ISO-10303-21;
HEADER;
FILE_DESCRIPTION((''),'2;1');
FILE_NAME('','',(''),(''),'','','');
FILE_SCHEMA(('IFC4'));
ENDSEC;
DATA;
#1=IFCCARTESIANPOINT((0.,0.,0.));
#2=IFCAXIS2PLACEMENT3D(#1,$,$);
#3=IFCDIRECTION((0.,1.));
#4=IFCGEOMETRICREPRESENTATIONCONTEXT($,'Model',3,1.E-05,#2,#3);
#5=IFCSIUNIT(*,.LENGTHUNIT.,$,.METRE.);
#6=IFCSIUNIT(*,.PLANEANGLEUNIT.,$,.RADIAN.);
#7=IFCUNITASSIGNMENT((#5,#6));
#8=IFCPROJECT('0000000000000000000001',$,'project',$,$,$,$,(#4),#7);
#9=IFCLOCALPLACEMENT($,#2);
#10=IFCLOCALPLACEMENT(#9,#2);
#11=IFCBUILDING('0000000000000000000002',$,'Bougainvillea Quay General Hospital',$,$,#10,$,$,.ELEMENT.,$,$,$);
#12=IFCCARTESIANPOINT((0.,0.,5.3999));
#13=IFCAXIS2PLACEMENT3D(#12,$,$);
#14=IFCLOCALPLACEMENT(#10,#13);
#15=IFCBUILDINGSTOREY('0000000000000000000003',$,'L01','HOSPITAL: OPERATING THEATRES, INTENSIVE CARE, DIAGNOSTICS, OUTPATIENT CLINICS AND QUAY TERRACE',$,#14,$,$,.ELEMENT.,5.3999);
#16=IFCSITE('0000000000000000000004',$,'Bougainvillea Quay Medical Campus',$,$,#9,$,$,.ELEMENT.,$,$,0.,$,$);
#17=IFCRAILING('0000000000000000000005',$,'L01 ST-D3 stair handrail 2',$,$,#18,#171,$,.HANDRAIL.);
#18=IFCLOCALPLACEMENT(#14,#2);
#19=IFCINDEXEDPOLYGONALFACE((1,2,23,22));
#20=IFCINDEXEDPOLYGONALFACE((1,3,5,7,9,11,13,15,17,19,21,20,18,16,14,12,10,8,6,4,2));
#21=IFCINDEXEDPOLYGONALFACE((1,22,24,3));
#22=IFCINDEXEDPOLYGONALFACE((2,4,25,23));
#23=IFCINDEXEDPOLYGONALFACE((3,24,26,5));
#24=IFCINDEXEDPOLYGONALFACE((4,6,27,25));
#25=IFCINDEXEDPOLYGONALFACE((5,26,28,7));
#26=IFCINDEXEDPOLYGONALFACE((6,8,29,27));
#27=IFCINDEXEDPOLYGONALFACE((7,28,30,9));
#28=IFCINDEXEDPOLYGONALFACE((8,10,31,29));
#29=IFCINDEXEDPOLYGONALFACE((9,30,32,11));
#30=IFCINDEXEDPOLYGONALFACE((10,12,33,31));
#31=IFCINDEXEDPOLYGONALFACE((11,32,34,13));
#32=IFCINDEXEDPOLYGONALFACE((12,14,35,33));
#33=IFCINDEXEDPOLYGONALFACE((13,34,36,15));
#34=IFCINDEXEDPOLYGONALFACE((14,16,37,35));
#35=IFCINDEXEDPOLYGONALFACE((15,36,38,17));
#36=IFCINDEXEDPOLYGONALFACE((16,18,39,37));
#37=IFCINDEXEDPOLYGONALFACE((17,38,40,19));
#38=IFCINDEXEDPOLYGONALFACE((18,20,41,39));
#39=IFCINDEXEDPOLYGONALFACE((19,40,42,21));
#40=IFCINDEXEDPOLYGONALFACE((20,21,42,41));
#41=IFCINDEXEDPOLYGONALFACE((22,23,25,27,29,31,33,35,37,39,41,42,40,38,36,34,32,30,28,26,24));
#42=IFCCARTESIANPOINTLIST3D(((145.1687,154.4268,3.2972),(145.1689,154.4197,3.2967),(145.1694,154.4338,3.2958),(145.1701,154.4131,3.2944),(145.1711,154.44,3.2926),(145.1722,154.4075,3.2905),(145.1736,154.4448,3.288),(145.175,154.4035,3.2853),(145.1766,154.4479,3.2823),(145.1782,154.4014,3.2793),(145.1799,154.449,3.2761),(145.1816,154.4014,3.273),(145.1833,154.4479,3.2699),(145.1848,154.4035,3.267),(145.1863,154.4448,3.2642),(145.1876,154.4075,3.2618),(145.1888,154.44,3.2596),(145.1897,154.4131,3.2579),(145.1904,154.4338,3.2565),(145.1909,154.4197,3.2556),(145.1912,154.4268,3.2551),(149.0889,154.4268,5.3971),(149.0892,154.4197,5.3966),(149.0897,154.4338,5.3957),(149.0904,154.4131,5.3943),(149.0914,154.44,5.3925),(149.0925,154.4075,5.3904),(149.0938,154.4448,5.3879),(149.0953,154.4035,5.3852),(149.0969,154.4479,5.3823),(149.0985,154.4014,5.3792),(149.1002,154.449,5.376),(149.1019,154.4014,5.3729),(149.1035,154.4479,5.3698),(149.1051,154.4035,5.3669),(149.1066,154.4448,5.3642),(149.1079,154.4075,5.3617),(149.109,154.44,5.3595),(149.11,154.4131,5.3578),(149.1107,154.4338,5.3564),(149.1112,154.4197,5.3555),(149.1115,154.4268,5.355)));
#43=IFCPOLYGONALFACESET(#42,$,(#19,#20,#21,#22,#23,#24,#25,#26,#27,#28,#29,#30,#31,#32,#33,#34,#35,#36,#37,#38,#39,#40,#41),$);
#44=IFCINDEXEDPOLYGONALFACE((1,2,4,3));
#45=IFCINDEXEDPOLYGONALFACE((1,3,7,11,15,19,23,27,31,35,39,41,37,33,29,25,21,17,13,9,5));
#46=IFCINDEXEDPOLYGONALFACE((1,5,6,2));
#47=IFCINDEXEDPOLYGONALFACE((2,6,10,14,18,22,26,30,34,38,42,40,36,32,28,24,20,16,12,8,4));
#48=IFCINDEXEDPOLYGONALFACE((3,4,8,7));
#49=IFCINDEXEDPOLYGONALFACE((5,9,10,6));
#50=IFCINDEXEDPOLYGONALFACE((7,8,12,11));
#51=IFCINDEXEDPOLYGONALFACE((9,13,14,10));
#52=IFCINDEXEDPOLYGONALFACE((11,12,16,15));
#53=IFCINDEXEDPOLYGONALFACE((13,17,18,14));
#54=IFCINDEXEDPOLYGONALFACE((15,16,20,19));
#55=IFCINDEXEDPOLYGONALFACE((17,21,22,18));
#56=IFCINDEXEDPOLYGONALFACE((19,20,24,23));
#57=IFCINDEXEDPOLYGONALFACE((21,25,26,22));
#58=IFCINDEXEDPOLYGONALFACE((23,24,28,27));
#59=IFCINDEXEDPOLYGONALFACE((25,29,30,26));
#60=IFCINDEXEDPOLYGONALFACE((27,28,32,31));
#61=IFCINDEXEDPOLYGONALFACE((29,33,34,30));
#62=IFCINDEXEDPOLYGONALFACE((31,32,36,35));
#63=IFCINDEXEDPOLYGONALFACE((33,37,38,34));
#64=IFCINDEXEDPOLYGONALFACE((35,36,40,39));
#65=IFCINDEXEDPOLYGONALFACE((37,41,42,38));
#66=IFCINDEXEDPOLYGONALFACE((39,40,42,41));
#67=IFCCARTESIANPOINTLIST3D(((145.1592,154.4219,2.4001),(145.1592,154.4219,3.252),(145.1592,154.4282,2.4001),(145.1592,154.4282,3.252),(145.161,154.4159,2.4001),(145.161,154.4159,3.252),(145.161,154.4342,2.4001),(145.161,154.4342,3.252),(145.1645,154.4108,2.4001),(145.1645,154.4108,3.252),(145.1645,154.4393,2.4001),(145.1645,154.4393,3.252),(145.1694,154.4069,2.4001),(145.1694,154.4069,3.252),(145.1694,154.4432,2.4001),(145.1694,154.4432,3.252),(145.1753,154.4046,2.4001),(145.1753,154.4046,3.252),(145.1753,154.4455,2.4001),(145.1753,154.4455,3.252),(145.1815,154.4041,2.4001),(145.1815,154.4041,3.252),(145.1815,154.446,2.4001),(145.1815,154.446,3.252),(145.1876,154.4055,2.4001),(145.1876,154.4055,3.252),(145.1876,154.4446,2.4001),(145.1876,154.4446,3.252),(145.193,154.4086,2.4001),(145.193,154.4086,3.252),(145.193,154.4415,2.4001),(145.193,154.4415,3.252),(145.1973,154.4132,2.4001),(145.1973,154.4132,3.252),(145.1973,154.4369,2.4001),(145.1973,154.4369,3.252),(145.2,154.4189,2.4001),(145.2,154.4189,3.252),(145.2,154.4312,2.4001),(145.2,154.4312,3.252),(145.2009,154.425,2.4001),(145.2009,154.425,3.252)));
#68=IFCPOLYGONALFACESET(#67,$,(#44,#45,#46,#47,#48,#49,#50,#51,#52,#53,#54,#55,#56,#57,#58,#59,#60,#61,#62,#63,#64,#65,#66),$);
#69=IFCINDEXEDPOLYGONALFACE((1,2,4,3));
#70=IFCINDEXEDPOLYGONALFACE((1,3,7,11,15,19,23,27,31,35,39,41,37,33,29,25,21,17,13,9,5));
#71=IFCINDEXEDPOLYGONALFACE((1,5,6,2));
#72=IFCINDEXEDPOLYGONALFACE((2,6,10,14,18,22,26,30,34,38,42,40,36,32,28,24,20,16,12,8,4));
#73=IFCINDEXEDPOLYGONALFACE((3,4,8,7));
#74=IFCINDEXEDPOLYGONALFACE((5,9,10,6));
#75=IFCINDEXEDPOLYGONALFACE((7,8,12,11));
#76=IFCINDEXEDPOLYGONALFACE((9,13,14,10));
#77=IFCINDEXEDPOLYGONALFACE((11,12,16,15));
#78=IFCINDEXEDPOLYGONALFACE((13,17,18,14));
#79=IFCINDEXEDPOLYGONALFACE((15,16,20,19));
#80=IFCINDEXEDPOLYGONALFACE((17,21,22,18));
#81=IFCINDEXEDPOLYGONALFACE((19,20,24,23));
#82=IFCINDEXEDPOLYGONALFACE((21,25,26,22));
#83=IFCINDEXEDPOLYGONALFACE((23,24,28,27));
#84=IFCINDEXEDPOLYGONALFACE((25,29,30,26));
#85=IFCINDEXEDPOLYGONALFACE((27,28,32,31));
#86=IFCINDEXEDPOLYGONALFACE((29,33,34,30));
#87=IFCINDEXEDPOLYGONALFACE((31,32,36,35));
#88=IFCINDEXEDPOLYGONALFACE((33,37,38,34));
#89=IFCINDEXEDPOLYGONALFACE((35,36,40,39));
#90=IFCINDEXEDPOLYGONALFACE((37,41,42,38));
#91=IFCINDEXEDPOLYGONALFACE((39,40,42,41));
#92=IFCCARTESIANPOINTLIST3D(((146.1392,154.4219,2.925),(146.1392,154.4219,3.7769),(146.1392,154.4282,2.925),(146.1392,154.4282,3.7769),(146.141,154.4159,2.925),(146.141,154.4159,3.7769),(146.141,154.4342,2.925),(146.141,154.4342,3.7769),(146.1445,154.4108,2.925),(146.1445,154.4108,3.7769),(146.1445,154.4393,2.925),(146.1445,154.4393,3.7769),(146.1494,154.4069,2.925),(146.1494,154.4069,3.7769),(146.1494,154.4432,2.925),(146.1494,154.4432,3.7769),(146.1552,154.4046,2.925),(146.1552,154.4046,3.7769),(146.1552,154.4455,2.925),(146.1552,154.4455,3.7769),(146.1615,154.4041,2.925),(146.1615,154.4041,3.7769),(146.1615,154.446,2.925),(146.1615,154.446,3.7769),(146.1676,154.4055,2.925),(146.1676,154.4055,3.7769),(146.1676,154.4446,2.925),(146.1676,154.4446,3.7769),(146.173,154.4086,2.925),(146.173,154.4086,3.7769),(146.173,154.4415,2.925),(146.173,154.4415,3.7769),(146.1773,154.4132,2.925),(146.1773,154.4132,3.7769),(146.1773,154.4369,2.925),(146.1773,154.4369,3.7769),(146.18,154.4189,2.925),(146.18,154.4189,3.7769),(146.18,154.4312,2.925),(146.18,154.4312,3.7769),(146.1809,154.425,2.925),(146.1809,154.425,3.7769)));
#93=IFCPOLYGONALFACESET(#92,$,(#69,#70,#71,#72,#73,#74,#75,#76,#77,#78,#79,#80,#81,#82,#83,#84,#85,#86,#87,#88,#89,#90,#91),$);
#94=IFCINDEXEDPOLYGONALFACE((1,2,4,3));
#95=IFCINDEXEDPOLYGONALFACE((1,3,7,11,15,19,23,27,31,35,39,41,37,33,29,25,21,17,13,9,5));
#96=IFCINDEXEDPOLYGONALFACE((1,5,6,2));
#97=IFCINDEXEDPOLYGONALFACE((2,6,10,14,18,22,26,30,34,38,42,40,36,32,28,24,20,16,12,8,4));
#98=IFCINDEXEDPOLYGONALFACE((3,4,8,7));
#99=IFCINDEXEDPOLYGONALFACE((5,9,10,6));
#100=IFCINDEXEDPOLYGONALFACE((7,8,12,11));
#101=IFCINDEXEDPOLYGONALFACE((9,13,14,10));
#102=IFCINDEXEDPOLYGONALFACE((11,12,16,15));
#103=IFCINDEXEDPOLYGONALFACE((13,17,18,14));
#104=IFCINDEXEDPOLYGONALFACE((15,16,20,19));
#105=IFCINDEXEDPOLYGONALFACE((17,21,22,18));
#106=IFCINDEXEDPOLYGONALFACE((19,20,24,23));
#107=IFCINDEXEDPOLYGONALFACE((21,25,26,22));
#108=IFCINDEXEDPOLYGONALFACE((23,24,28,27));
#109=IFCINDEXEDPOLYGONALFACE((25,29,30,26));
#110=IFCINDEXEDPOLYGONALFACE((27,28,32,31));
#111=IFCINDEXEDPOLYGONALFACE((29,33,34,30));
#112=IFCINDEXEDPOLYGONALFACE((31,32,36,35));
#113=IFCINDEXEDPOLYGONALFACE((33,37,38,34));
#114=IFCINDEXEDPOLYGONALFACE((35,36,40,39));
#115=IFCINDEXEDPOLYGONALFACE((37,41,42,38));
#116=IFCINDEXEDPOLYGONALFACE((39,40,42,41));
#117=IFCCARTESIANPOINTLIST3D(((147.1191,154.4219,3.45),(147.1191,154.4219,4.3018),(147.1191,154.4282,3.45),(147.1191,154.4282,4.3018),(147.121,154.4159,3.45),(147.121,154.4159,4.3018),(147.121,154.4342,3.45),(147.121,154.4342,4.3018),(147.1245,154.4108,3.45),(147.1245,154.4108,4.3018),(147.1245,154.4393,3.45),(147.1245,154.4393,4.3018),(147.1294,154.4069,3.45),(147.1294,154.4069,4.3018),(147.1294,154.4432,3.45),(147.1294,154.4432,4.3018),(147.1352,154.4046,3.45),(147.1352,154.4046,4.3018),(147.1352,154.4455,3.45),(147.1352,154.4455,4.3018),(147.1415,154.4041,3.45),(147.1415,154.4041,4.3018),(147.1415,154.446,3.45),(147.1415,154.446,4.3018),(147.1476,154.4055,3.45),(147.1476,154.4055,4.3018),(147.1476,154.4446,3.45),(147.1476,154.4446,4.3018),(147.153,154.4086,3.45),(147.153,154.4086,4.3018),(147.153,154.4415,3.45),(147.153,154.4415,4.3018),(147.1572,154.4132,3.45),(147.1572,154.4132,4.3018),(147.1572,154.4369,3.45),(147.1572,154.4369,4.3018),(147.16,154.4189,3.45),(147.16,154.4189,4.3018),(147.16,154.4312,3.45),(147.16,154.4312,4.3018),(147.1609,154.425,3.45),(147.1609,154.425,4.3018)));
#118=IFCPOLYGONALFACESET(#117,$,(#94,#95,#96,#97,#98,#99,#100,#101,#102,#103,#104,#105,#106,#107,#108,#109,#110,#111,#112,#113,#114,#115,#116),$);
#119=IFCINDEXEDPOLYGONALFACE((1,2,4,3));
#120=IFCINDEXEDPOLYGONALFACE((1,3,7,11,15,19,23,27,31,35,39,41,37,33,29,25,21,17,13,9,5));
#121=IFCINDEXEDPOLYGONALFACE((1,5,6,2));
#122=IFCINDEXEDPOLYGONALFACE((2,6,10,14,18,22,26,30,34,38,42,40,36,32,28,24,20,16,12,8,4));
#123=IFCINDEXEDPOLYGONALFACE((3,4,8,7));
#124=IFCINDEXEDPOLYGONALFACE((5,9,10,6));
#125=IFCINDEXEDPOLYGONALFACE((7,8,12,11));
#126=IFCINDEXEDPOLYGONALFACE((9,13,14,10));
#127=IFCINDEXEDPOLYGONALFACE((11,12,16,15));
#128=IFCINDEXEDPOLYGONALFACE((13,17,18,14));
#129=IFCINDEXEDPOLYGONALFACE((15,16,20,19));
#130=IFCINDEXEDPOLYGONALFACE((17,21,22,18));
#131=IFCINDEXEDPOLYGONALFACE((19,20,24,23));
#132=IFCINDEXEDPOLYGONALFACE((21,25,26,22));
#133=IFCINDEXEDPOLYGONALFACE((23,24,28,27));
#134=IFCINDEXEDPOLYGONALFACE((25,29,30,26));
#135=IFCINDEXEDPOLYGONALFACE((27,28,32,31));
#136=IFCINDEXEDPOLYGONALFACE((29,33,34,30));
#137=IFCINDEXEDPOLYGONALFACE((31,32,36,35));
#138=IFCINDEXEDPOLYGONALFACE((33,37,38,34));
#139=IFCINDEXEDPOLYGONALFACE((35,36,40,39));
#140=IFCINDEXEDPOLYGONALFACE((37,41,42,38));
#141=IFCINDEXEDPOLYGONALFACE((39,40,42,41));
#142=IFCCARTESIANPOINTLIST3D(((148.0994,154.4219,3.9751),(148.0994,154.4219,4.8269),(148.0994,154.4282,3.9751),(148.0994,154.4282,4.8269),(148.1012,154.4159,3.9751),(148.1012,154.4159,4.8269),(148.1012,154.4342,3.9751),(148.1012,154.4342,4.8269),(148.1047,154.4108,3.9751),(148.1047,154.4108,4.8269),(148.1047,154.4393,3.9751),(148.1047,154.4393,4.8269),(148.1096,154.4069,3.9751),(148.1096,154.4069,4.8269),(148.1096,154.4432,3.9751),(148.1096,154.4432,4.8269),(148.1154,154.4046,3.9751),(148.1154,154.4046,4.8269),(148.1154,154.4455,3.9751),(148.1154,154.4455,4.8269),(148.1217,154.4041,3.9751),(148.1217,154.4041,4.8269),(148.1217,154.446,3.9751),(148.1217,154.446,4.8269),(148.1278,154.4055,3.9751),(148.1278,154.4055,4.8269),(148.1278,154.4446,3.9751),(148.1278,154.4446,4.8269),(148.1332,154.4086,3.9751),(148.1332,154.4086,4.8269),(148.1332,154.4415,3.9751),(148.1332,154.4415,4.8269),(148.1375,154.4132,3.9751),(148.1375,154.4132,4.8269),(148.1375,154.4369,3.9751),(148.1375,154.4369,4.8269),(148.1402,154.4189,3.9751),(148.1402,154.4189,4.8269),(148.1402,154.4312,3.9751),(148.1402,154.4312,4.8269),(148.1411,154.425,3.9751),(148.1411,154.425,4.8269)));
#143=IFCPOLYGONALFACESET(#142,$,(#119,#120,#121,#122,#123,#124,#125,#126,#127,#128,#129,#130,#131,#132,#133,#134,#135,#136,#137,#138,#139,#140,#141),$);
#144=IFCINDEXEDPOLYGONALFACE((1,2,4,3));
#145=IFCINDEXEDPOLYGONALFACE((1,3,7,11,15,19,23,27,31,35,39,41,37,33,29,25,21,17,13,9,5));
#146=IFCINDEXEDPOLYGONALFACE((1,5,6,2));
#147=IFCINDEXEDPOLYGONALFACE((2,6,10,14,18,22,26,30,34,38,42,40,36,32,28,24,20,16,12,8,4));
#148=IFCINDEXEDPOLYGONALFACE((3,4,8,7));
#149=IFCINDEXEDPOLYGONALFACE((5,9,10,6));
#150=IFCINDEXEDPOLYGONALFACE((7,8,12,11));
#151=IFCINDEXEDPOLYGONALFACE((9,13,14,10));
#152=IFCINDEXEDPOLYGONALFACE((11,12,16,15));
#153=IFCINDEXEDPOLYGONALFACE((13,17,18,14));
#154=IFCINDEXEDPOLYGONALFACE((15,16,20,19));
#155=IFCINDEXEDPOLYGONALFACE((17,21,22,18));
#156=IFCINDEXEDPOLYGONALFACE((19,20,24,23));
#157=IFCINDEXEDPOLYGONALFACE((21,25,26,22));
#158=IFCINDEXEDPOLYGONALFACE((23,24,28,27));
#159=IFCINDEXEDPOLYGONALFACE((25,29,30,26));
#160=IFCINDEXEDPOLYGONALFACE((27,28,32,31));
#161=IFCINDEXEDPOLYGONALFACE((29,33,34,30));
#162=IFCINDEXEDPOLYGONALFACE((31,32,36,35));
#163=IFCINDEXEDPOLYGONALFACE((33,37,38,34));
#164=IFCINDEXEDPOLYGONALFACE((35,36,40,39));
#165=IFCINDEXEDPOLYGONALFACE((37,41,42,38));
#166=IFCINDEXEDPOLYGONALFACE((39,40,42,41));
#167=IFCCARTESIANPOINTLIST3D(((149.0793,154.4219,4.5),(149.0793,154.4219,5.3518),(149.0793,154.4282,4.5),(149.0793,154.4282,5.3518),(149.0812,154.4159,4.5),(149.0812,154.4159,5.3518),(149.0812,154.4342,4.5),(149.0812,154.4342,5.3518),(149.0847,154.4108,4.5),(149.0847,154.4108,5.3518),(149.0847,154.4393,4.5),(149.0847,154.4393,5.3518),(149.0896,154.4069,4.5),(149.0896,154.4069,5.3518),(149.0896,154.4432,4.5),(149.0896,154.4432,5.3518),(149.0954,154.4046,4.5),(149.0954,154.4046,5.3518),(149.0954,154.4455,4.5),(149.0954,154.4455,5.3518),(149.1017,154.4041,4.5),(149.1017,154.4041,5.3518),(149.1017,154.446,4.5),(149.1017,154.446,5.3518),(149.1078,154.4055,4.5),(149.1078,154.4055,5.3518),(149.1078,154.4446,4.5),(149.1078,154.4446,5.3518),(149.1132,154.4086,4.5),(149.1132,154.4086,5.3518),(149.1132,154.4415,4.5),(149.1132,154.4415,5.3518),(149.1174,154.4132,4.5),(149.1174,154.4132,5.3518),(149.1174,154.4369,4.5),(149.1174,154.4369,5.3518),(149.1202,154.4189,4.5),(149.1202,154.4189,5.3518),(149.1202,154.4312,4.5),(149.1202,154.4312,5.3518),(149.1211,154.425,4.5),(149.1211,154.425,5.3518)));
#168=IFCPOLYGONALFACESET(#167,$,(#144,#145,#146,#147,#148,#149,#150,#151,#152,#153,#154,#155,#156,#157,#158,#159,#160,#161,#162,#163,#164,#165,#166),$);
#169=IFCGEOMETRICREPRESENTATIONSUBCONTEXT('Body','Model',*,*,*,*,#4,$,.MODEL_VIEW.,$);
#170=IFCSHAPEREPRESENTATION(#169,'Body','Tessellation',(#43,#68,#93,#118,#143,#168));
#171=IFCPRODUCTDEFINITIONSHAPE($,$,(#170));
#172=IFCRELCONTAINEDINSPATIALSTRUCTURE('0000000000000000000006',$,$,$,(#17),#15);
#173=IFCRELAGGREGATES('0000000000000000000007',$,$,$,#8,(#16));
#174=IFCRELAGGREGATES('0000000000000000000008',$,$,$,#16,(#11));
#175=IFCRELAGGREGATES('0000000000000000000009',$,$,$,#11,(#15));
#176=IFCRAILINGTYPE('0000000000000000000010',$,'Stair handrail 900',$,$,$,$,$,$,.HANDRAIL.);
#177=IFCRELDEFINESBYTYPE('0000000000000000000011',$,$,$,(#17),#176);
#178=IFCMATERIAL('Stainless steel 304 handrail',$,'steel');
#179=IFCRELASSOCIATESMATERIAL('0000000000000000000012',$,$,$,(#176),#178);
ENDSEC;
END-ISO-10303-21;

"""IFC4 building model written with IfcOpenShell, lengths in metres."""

from ifc_helpers import new_model, si_unit, direction, frame, origin, origin_2d, place, context, subcontext, project, spatial, circle, extrude, material, type_object, element, save


model = new_model("IFC4")

# Units and contexts
model_context = context("Model", 3, precision=1e-05, world=origin(), true_north=direction((0.0, 1.0)))
body_context = subcontext(model_context, "Body", "Model", "MODEL_VIEW")
ifc_project = project(units=[si_unit("LENGTHUNIT", "METRE"), si_unit("PLANEANGLEUNIT", "RADIAN")], contexts=[model_context])

# Site, building, storey
site_placement = place(None, origin())
site = spatial("IfcSite", under=ifc_project, at=site_placement, Name="Bougainvillea Quay Medical Campus", CompositionType="ELEMENT", RefElevation=0.0)
building_placement = place(site_placement, origin())
building = spatial("IfcBuilding", under=site, at=building_placement, Name="Bougainvillea Quay General Hospital", CompositionType="ELEMENT")
storey_placement = place(building_placement, frame((0.0, 0.0, 5.3999)))
storey = spatial("IfcBuildingStorey", under=building, at=storey_placement, Name="L01", Description="HOSPITAL: OPERATING THEATRES, INTENSIVE CARE, DIAGNOSTICS, OUTPATIENT CLINICS AND QUAY TERRACE", CompositionType="ELEMENT", Elevation=5.3999)

# Railing
ifc_material_1 = material(Name="Stainless steel 304 handrail", Category="steel")
railing_type_1 = type_object("IfcRailingType", Name="Stair handrail 900", PredefinedType="HANDRAIL", material=ifc_material_1)
railing_1_placement = place(storey_placement, frame((145.1799, 154.425, 2.4001)))
element("IfcRailing", 1, at=railing_1_placement, inside=storey, type_object=railing_type_1, Name="L01 ST-D3 stair handrail 2", PredefinedType="HANDRAIL", context=body_context, shape_type="SweptSolid", body=[
    extrude(circle(Radius=0.0239, at=origin_2d()), frame((0.0, 0.0, 0.876), z_axis=(0.881502, 0.0, 0.47218), x_axis=(0.0, 1.0, 0.0)), (0.0, 0.0, 1.0), 4.4473),
    extrude(circle(Radius=0.021, at=origin_2d()), origin(), (0.0, 0.0, 1.0), 0.8518),
    extrude(circle(Radius=0.021, at=origin_2d()), frame((0.98, 0.0, 0.5249)), (0.0, 0.0, 1.0), 0.8518),
    extrude(circle(Radius=0.021, at=origin_2d()), frame((1.96, 0.0, 1.0498)), (0.0, 0.0, 1.0), 0.8518),
    extrude(circle(Radius=0.021, at=origin_2d()), frame((2.9402, 0.0, 1.575)), (0.0, 0.0, 1.0), 0.8518),
    extrude(circle(Radius=0.021, at=origin_2d()), frame((3.9202, 0.0, 2.0999)), (0.0, 0.0, 1.0), 0.8518),
])

save(model, "model.ifc")
